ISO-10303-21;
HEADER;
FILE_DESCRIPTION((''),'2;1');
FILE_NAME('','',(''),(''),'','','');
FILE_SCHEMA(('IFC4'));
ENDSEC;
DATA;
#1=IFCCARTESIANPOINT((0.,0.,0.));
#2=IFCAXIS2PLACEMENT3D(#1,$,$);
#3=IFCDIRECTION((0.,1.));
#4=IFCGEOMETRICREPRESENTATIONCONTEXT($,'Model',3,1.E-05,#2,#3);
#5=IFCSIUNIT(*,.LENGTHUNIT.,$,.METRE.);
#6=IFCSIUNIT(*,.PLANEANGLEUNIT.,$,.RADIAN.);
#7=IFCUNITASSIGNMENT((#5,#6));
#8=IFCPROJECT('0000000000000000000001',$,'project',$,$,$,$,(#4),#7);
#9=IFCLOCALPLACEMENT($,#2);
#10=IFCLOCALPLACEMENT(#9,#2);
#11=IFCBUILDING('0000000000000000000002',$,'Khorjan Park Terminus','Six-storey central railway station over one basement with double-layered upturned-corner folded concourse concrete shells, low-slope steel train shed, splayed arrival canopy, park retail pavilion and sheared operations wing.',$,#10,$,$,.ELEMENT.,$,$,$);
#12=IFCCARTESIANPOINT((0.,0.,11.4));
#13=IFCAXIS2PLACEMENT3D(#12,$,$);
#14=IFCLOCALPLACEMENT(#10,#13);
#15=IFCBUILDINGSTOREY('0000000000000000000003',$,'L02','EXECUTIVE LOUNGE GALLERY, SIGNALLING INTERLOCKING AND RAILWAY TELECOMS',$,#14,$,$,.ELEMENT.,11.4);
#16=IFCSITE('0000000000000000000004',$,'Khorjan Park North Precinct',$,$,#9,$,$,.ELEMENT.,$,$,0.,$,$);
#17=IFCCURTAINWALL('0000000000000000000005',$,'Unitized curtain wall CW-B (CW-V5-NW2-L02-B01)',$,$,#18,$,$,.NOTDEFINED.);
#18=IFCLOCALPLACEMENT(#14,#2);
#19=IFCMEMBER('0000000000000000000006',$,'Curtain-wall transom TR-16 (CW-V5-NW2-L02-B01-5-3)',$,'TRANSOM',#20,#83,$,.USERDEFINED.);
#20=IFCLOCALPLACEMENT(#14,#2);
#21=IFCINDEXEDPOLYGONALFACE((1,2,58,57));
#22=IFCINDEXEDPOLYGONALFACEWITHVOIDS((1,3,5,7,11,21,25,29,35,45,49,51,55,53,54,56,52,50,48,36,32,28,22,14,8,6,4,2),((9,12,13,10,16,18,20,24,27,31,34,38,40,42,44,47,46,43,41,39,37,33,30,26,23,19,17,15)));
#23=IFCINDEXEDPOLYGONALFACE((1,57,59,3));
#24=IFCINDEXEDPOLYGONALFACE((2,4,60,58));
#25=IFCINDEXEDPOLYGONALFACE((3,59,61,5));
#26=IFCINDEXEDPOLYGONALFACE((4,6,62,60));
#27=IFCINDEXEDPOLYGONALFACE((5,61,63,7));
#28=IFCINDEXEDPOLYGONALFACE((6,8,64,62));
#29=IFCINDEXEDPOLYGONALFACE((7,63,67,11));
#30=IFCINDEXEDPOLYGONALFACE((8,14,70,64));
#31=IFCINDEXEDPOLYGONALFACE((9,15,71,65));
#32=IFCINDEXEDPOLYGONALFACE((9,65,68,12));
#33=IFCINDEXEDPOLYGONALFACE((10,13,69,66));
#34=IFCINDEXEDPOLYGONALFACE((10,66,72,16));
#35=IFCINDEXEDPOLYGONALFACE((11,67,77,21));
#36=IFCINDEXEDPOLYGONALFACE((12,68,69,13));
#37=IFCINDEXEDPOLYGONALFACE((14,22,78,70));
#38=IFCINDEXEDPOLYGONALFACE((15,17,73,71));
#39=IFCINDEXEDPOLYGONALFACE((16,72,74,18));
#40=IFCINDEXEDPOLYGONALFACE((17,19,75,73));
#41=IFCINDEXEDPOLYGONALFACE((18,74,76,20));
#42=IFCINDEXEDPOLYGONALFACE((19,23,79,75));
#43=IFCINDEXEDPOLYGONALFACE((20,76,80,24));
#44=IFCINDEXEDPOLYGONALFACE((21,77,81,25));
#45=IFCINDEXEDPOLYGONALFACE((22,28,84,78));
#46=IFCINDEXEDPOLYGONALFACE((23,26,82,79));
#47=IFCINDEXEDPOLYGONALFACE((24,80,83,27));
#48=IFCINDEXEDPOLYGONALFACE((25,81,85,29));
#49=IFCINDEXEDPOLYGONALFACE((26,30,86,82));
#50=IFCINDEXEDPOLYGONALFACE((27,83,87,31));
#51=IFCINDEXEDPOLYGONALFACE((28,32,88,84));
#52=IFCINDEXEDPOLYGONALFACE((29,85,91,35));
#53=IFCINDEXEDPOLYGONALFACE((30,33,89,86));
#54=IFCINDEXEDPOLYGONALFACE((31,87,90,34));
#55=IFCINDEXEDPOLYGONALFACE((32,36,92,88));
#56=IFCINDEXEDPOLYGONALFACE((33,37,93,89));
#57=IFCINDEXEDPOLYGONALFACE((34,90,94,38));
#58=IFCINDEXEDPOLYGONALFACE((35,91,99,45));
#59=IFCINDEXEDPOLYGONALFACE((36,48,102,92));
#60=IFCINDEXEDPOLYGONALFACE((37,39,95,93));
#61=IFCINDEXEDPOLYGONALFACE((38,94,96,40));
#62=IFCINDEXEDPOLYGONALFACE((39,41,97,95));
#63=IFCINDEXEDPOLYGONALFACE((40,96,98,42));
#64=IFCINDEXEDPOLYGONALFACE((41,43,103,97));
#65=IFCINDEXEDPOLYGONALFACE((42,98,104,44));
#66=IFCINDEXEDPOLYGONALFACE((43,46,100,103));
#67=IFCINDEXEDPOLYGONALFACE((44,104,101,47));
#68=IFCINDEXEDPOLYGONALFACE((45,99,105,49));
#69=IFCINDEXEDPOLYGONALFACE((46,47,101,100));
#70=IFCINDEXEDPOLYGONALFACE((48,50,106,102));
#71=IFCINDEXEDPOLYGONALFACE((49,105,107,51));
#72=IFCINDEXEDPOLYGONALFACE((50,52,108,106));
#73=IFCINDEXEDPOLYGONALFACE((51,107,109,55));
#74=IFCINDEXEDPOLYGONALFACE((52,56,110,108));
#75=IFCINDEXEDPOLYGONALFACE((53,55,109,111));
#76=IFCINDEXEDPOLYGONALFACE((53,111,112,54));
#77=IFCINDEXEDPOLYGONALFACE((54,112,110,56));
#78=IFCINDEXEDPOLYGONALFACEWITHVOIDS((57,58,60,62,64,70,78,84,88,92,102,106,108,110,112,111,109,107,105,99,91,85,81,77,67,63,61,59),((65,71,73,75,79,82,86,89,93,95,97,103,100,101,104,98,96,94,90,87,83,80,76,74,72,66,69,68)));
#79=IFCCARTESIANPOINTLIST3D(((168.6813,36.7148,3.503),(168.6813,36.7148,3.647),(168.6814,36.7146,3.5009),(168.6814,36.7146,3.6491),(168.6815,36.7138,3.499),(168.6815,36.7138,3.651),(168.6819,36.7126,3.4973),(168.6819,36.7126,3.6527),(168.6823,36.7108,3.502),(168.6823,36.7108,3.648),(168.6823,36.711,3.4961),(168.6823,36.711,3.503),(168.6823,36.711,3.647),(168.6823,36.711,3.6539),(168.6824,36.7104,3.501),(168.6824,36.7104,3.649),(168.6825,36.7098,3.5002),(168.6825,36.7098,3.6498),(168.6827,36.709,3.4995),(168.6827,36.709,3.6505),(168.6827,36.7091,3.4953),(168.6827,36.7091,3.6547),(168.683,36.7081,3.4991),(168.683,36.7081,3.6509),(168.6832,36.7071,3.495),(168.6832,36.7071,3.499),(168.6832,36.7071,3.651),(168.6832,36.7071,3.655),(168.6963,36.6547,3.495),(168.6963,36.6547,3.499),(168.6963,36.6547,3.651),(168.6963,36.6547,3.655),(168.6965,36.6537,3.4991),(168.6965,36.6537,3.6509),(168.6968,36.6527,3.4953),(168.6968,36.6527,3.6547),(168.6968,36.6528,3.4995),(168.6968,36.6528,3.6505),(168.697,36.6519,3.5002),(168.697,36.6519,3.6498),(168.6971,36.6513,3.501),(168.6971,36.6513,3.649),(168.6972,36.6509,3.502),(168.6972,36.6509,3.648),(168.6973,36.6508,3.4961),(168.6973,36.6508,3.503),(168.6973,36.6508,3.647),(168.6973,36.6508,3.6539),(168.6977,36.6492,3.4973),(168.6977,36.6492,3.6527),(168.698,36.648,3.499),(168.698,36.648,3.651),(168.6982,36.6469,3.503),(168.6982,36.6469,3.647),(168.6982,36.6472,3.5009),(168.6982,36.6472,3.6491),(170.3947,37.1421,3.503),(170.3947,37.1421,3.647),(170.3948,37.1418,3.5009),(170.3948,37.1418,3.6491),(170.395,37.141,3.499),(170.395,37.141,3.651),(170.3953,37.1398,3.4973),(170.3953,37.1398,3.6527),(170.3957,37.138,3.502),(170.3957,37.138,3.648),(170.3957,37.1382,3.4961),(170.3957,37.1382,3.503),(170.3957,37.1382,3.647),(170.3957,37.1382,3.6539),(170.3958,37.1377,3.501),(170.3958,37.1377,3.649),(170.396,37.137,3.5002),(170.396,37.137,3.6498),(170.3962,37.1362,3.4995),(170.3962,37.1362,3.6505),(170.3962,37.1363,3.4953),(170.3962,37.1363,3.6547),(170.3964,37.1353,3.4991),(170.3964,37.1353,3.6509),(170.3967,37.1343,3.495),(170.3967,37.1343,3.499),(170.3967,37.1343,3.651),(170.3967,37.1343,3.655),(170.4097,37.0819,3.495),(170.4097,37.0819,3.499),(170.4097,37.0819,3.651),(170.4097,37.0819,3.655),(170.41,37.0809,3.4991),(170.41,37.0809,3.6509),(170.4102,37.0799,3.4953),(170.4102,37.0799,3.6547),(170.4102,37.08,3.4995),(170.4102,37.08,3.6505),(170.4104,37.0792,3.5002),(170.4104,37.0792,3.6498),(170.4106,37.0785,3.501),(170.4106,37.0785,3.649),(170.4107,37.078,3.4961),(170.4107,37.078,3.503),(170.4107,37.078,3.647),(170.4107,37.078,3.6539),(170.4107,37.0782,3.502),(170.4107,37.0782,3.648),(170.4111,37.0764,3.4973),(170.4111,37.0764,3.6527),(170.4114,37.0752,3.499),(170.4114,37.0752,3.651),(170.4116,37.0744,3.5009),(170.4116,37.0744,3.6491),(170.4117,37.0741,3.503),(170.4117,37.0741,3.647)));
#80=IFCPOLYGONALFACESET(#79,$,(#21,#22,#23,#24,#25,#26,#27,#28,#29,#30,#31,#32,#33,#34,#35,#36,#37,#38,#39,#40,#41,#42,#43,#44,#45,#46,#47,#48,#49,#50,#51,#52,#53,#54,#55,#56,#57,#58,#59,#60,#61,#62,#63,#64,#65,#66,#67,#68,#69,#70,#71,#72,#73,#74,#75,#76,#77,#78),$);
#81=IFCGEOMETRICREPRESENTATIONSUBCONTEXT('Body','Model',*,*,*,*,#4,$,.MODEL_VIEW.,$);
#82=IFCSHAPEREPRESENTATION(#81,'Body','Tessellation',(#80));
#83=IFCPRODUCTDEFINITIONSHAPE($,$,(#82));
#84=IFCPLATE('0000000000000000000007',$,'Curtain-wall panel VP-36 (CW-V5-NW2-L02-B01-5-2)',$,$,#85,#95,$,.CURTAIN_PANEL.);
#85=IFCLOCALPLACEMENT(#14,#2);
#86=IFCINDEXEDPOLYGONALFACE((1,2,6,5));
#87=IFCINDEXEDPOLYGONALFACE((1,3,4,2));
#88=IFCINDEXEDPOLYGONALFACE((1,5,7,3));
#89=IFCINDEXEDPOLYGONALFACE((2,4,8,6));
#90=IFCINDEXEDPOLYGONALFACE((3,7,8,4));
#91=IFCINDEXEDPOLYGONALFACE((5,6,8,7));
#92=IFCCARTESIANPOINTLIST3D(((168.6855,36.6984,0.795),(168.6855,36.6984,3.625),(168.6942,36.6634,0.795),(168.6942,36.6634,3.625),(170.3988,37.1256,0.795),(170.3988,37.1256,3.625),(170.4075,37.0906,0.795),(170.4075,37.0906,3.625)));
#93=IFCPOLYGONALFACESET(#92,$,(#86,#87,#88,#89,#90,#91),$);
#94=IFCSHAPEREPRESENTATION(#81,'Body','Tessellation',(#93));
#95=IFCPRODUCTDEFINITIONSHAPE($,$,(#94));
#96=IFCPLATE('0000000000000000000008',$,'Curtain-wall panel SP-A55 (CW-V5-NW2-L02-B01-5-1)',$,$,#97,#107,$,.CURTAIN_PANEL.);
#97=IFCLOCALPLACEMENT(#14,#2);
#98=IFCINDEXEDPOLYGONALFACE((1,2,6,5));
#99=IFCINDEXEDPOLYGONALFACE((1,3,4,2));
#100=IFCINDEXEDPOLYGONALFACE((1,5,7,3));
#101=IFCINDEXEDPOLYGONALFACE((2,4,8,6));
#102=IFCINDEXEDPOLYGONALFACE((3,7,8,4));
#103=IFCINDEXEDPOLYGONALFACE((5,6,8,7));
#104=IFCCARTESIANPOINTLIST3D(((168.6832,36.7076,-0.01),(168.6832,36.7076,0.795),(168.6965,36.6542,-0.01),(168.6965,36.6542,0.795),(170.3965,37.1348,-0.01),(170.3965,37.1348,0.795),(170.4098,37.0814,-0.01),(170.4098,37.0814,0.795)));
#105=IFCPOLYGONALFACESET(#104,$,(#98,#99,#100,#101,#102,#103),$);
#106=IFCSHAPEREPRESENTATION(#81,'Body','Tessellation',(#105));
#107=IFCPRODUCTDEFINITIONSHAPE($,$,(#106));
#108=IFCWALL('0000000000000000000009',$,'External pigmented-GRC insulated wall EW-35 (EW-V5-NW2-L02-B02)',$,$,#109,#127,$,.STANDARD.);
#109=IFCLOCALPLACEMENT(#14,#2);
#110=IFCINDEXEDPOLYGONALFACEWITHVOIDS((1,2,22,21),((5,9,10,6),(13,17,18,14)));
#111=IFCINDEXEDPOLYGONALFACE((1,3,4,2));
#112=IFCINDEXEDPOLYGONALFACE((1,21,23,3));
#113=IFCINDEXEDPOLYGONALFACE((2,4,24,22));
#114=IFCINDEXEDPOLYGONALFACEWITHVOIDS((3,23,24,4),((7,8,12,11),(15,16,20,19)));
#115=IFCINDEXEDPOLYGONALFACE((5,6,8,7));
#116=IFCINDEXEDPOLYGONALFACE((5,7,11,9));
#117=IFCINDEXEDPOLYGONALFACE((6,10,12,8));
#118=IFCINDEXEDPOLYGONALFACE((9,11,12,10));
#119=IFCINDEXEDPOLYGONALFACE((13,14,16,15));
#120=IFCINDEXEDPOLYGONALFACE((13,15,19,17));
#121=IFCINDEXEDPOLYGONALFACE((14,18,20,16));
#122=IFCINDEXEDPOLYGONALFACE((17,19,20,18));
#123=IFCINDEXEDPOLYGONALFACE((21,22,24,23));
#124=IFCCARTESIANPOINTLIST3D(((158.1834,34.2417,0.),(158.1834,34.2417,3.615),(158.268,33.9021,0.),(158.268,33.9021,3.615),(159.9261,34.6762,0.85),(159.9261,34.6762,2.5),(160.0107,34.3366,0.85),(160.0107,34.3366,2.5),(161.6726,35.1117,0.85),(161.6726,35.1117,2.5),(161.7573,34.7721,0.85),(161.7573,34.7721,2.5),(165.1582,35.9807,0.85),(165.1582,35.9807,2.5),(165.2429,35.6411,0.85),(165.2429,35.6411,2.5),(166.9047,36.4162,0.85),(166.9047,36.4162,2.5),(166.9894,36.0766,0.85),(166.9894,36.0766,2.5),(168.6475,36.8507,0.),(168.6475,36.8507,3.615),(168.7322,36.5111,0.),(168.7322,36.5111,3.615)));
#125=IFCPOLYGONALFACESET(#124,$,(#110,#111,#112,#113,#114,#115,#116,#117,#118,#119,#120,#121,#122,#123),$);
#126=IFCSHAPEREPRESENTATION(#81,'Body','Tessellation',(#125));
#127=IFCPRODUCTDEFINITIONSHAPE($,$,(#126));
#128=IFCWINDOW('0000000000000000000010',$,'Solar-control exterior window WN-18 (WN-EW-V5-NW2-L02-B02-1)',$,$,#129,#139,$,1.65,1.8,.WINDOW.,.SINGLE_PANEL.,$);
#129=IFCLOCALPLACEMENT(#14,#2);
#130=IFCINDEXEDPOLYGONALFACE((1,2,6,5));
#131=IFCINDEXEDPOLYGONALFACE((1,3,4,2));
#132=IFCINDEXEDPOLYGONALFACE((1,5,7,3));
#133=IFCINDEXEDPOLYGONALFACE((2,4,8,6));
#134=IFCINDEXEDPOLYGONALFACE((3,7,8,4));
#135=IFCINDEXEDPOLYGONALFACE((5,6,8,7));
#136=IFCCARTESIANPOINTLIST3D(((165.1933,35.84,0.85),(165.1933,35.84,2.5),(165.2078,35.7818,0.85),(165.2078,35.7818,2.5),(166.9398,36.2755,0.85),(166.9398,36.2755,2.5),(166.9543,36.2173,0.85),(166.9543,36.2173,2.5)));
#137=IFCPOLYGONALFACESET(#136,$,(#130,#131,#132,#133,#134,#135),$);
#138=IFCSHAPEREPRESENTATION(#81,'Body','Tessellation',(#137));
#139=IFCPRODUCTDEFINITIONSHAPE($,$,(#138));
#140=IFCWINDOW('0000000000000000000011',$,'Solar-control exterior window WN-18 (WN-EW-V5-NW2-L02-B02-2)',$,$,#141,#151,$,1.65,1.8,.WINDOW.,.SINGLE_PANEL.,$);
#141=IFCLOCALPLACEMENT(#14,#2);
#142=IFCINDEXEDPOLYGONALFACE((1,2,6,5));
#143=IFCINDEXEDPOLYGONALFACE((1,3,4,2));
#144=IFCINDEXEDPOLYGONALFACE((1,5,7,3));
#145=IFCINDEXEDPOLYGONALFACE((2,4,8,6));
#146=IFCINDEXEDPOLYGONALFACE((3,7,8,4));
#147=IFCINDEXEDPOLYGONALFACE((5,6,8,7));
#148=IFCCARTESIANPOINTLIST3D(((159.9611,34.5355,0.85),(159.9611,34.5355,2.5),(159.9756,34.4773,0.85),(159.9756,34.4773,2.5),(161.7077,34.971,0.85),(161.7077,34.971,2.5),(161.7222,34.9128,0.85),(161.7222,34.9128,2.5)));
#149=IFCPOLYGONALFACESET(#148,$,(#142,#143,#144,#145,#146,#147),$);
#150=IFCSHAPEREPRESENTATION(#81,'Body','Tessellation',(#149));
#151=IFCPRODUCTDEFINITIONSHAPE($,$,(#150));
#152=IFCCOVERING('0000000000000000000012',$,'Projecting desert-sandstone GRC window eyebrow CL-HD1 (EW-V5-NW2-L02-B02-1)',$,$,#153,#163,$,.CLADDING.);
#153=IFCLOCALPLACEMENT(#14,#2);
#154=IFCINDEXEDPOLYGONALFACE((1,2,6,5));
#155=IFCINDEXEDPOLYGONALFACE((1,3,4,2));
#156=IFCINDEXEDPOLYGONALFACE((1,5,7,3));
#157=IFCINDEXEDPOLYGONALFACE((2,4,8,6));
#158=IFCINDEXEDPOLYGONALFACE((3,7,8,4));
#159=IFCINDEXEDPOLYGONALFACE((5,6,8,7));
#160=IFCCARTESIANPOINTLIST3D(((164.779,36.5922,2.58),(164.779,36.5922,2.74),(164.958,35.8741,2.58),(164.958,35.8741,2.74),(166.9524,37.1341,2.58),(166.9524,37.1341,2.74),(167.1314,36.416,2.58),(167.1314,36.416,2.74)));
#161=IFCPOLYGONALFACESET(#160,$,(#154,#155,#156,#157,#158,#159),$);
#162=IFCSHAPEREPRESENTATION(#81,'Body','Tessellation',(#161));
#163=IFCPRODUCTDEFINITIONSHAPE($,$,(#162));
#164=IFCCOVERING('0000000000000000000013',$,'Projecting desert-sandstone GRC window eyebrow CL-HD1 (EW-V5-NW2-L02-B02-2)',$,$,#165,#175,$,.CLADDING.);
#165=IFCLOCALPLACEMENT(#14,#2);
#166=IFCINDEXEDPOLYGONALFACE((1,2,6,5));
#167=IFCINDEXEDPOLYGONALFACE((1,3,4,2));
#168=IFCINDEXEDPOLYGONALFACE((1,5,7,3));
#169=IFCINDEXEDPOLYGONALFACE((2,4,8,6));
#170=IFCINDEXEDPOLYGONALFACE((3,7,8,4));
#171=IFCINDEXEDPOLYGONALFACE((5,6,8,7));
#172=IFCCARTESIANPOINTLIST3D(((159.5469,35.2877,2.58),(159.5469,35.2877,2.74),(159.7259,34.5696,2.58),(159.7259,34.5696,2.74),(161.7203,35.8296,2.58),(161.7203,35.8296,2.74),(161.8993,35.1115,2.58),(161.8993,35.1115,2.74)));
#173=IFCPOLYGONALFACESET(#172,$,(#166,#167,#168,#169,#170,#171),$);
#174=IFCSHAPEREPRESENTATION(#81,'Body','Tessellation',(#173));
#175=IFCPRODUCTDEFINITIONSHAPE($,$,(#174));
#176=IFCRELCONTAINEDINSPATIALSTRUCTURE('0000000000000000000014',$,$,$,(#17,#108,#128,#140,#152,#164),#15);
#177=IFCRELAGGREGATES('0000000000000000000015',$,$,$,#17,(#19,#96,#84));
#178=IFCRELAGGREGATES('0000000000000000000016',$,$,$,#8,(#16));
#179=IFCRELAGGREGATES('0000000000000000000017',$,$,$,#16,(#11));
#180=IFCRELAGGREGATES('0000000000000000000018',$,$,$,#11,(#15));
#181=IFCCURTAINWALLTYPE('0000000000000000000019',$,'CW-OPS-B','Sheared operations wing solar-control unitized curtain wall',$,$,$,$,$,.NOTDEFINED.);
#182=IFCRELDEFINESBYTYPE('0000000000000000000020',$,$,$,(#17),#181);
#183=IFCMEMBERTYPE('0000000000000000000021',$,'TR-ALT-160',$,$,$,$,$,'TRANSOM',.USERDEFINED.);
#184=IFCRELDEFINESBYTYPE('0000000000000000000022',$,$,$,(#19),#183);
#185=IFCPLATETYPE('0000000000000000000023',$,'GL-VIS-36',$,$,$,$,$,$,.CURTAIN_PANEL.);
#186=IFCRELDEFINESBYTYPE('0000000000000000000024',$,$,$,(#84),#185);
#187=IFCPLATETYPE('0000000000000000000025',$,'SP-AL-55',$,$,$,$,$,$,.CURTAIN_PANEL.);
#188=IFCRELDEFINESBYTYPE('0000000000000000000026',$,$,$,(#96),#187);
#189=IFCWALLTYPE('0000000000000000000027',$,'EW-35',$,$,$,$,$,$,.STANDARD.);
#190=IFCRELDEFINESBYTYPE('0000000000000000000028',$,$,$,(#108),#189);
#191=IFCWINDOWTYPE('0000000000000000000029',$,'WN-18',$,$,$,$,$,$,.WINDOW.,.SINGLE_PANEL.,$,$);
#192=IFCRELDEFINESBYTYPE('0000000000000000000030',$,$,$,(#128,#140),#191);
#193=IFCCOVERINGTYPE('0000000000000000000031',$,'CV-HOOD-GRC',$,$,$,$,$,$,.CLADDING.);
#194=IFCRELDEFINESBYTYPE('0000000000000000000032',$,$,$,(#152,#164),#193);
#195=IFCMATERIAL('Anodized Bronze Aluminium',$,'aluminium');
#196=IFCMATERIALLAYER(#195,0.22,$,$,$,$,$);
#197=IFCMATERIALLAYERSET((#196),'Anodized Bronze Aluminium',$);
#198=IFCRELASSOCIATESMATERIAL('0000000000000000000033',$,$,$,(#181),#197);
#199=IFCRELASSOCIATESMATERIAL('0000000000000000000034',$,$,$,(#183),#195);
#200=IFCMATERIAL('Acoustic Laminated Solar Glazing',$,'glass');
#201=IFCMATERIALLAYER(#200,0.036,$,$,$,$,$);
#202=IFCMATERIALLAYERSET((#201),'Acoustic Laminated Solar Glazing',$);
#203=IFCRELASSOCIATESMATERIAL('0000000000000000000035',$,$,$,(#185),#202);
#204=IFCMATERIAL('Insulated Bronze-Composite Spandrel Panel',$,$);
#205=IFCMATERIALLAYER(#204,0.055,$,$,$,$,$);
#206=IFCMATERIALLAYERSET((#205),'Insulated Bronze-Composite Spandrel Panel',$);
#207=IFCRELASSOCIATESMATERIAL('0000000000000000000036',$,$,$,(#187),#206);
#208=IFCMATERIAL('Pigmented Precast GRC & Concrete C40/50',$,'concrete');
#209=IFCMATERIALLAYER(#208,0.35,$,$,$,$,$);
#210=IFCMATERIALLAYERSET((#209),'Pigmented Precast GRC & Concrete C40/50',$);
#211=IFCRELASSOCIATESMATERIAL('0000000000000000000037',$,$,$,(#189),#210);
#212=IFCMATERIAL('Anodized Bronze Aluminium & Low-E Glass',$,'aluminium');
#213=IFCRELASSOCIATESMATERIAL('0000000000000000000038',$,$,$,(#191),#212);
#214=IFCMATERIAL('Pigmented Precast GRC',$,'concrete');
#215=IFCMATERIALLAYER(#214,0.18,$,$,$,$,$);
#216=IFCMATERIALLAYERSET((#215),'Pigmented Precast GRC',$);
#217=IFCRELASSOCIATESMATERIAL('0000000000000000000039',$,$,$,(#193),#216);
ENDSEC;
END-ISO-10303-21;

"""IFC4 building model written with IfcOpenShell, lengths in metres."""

from ifc_helpers import new_model, si_unit, direction, frame, frame_2d, origin, origin_2d, place, context, subcontext, project, spatial, rectangle, hollow_rectangle, extrude, material, layer, layer_set, material_profile, profile_set, type_object, element, fill, aggregate, save


model = new_model("IFC4")

# Units and contexts
model_context = context("Model", 3, precision=1e-05, world=origin(), true_north=direction((0.0, 1.0)))
body_context = subcontext(model_context, "Body", "Model", "MODEL_VIEW")
ifc_project = project(units=[si_unit("LENGTHUNIT", "METRE"), si_unit("PLANEANGLEUNIT", "RADIAN")], contexts=[model_context])

# Site, building, storey
site_placement = place(None, origin())
site = spatial("IfcSite", under=ifc_project, at=site_placement, Name="Khorjan Park North Precinct", CompositionType="ELEMENT", RefElevation=0.0)
building_placement = place(site_placement, origin())
building = spatial("IfcBuilding", under=site, at=building_placement, Name="Khorjan Park Terminus", Description="Six-storey central railway station over one basement with double-layered upturned-corner folded concourse concrete shells, low-slope steel train shed, splayed arrival canopy, park retail pavilion and sheared operations wing.", CompositionType="ELEMENT")
storey_placement = place(building_placement, frame((0.0, 0.0, 11.4)))
storey = spatial("IfcBuildingStorey", under=building, at=storey_placement, Name="L02", Description="EXECUTIVE LOUNGE GALLERY, SIGNALLING INTERLOCKING AND RAILWAY TELECOMS", CompositionType="ELEMENT", Elevation=11.4)

# Curtain wall, member, plates
ifc_material_1 = material(Name="Anodized Bronze Aluminium", Category="aluminium")
ifc_layer_1 = layer(ifc_material_1, 0.22)
ifc_layer_set_1 = layer_set([ifc_layer_1], Name="Anodized Bronze Aluminium")
curtain_wall_type = type_object("IfcCurtainWallType", Name="CW-OPS-B", Description="Sheared operations wing solar-control unitized curtain wall", PredefinedType="NOTDEFINED", material=ifc_layer_set_1)
curtain_wall_placement = place(storey_placement, origin())
curtain_wall = element("IfcCurtainWall", 1, at=curtain_wall_placement, inside=storey, type_object=curtain_wall_type, Name="Unitized curtain wall CW-B (CW-V5-NW2-L02-B01)", PredefinedType="NOTDEFINED")
ifc_material_profile_1 = material_profile(ifc_material_1, hollow_rectangle(XDim=0.07, YDim=0.16, WallThickness=0.004, InnerFilletRadius=0.004, OuterFilletRadius=0.008, at=origin_2d()), Name="ALT 70x160x4")
ifc_profile_set_1 = profile_set([ifc_material_profile_1], Name="Anodized Bronze Aluminium")
member_type_1 = type_object("IfcMemberType", Name="TR-ALT-160", ElementType="TRANSOM", PredefinedType="USERDEFINED", material=ifc_profile_set_1)
member_1_placement = place(storey_placement, frame((170.4032, 37.1081, 3.575), z_axis=(-0.970296, -0.241923, 0.0), x_axis=(0.241923, -0.970296, 0.0)))
member_1 = element("IfcMember", 2, at=member_1_placement, type_object=member_type_1, Name="Curtain-wall transom TR-16 (CW-V5-NW2-L02-B01-5-3)", ObjectType="TRANSOM", PredefinedType="USERDEFINED", context=body_context, shape_type="SweptSolid", body=[
    extrude(hollow_rectangle(XDim=0.07, YDim=0.16, WallThickness=0.004, InnerFilletRadius=0.004, OuterFilletRadius=0.008, at=origin_2d()), origin(), (0.0, 0.0, 1.0), 1.7659),
])
ifc_material_2 = material(Name="Acoustic Laminated Solar Glazing", Category="glass")
ifc_layer_2 = layer(ifc_material_2, 0.036)
ifc_layer_set_2 = layer_set([ifc_layer_2], Name="Acoustic Laminated Solar Glazing")
plate_type_1 = type_object("IfcPlateType", Name="GL-VIS-36", PredefinedType="CURTAIN_PANEL", material=ifc_layer_set_2)
plate_1_placement = place(storey_placement, frame((169.5465, 36.8945, 0.795), z_axis=(0.0, 0.0, 1.0), x_axis=(-0.970297, -0.241918, 0.0)))
plate_1 = element("IfcPlate", 3, at=plate_1_placement, type_object=plate_type_1, Name="Curtain-wall panel VP-36 (CW-V5-NW2-L02-B01-5-2)", PredefinedType="CURTAIN_PANEL", context=body_context, shape_type="SweptSolid", body=[
    extrude(rectangle(XDim=1.7658, YDim=0.036, at=origin_2d()), origin(), (0.0, 0.0, 1.0), 2.83),
])
ifc_material_3 = material(Name="Insulated Bronze-Composite Spandrel Panel")
ifc_layer_3 = layer(ifc_material_3, 0.055)
ifc_layer_set_3 = layer_set([ifc_layer_3], Name="Insulated Bronze-Composite Spandrel Panel")
plate_type_2 = type_object("IfcPlateType", Name="SP-AL-55", PredefinedType="CURTAIN_PANEL", material=ifc_layer_set_3)
plate_2_placement = place(storey_placement, frame((169.5465, 36.8945, -0.01), z_axis=(0.0, 0.0, 1.0), x_axis=(-0.970297, -0.241918, 0.0)))
plate_2 = element("IfcPlate", 4, at=plate_2_placement, type_object=plate_type_2, Name="Curtain-wall panel SP-A55 (CW-V5-NW2-L02-B01-5-1)", PredefinedType="CURTAIN_PANEL", context=body_context, shape_type="SweptSolid", body=[
    extrude(rectangle(XDim=1.7658, YDim=0.055, at=origin_2d()), origin(), (0.0, 0.0, 1.0), 0.805),
])
aggregate(curtain_wall, [member_1, plate_2, plate_1])

# Wall, openings, windows
ifc_material_4 = material(Name="Pigmented Precast GRC & Concrete C40/50", Category="concrete")
ifc_layer_4 = layer(ifc_material_4, 0.35)
ifc_layer_set_4 = layer_set([ifc_layer_4], Name="Pigmented Precast GRC & Concrete C40/50")
wall_type = type_object("IfcWallType", Name="EW-35", PredefinedType="STANDARD", material=ifc_layer_set_4)
wall_placement = place(storey_placement, frame((168.6898, 36.6809, 0.0), z_axis=(0.0, 0.0, 1.0), x_axis=(-0.970296, -0.24192, 0.0)))
wall = element("IfcWall", 5, at=wall_placement, inside=storey, type_object=wall_type, Name="External pigmented-GRC insulated wall EW-35 (EW-V5-NW2-L02-B02)", PredefinedType="STANDARD", context=body_context, shape_type="SweptSolid", body=[
    extrude(rectangle(XDim=10.7845, YDim=0.35, at=frame_2d((5.3922, 0.0))), origin(), (0.0, 0.0, 1.0), 3.615),
])
opening_1_placement = place(wall_placement, frame((1.7961, 0.0, 0.85)))
opening_1 = element("IfcOpeningElement", 6, at=opening_1_placement, cuts=wall, PredefinedType="OPENING", context=body_context, shape_type="SweptSolid", body=[
    extrude(rectangle(XDim=1.8, YDim=1.65, at=frame_2d((0.9, 0.825))), frame((0.0, 0.185, 0.0), z_axis=(0.0, -1.0, 0.0), x_axis=(1.0, 0.0, 0.0)), (0.0, 0.0, 1.0), 0.37),
])
opening_2_placement = place(wall_placement, frame((7.1884, 0.0, 0.85)))
opening_2 = element("IfcOpeningElement", 7, at=opening_2_placement, cuts=wall, PredefinedType="OPENING", context=body_context, shape_type="SweptSolid", body=[
    extrude(rectangle(XDim=1.8, YDim=1.65, at=frame_2d((0.9, 0.825))), frame((0.0, 0.185, 0.0), z_axis=(0.0, -1.0, 0.0), x_axis=(1.0, 0.0, 0.0)), (0.0, 0.0, 1.0), 0.37),
])
ifc_material_5 = material(Name="Anodized Bronze Aluminium & Low-E Glass", Category="aluminium")
window_type = type_object("IfcWindowType", Name="WN-18", PartitioningType="SINGLE_PANEL", PredefinedType="WINDOW", material=ifc_material_5)
window_1_placement = place(opening_1_placement, origin())
window_1 = element("IfcWindow", 8, at=window_1_placement, inside=storey, type_object=window_type, Name="Solar-control exterior window WN-18 (WN-EW-V5-NW2-L02-B02-1)", OverallHeight=1.65, OverallWidth=1.8, PartitioningType="SINGLE_PANEL", PredefinedType="WINDOW", context=body_context, shape_type="SweptSolid", body=[
    extrude(rectangle(XDim=1.8, YDim=1.65, at=frame_2d((0.9, 0.825))), frame((0.0, 0.03, 0.0), z_axis=(0.0, -1.0, 0.0), x_axis=(1.0, 0.0, 0.0)), (0.0, 0.0, 1.0), 0.06),
])
fill(opening_1, window_1)
window_2_placement = place(opening_2_placement, origin())
window_2 = element("IfcWindow", 9, at=window_2_placement, inside=storey, type_object=window_type, Name="Solar-control exterior window WN-18 (WN-EW-V5-NW2-L02-B02-2)", OverallHeight=1.65, OverallWidth=1.8, PartitioningType="SINGLE_PANEL", PredefinedType="WINDOW", context=body_context, shape_type="SweptSolid", body=[
    extrude(rectangle(XDim=1.8, YDim=1.65, at=frame_2d((0.9, 0.825))), frame((0.0, 0.03, 0.0), z_axis=(0.0, -1.0, 0.0), x_axis=(1.0, 0.0, 0.0)), (0.0, 0.0, 1.0), 0.06),
])
fill(opening_2, window_2)

# Coverings
ifc_material_6 = material(Name="Pigmented Precast GRC", Category="concrete")
ifc_layer_5 = layer(ifc_material_6, 0.18)
ifc_layer_set_5 = layer_set([ifc_layer_5], Name="Pigmented Precast GRC")
covering_type = type_object("IfcCoveringType", Name="CV-HOOD-GRC", PredefinedType="CLADDING", material=ifc_layer_set_5)
for number, where, z_axis, x_axis, name in (
    (10, (165.9552, 36.5041, 2.58), (0.0, 0.0, 1.0), (-0.970296, -0.24192, 0.0), "Projecting desert-sandstone GRC window eyebrow CL-HD1 (EW-V5-NW2-L02-B02-1)"),
    (11, (160.7231, 35.1996, 2.58), (0.0, 0.0, 1.0), (-0.970296, -0.24192, 0.0), "Projecting desert-sandstone GRC window eyebrow CL-HD1 (EW-V5-NW2-L02-B02-2)"),
):
    element("IfcCovering", number, at=place(storey_placement, frame(where, z_axis=z_axis, x_axis=x_axis)), inside=storey, type_object=covering_type, Name=name, PredefinedType="CLADDING", context=body_context, shape_type="SweptSolid", body=[
        extrude(rectangle(XDim=2.24, YDim=0.74, at=origin_2d()), origin(), (0.0, 0.0, 1.0), 0.16),
    ])

save(model, "model.ifc")
